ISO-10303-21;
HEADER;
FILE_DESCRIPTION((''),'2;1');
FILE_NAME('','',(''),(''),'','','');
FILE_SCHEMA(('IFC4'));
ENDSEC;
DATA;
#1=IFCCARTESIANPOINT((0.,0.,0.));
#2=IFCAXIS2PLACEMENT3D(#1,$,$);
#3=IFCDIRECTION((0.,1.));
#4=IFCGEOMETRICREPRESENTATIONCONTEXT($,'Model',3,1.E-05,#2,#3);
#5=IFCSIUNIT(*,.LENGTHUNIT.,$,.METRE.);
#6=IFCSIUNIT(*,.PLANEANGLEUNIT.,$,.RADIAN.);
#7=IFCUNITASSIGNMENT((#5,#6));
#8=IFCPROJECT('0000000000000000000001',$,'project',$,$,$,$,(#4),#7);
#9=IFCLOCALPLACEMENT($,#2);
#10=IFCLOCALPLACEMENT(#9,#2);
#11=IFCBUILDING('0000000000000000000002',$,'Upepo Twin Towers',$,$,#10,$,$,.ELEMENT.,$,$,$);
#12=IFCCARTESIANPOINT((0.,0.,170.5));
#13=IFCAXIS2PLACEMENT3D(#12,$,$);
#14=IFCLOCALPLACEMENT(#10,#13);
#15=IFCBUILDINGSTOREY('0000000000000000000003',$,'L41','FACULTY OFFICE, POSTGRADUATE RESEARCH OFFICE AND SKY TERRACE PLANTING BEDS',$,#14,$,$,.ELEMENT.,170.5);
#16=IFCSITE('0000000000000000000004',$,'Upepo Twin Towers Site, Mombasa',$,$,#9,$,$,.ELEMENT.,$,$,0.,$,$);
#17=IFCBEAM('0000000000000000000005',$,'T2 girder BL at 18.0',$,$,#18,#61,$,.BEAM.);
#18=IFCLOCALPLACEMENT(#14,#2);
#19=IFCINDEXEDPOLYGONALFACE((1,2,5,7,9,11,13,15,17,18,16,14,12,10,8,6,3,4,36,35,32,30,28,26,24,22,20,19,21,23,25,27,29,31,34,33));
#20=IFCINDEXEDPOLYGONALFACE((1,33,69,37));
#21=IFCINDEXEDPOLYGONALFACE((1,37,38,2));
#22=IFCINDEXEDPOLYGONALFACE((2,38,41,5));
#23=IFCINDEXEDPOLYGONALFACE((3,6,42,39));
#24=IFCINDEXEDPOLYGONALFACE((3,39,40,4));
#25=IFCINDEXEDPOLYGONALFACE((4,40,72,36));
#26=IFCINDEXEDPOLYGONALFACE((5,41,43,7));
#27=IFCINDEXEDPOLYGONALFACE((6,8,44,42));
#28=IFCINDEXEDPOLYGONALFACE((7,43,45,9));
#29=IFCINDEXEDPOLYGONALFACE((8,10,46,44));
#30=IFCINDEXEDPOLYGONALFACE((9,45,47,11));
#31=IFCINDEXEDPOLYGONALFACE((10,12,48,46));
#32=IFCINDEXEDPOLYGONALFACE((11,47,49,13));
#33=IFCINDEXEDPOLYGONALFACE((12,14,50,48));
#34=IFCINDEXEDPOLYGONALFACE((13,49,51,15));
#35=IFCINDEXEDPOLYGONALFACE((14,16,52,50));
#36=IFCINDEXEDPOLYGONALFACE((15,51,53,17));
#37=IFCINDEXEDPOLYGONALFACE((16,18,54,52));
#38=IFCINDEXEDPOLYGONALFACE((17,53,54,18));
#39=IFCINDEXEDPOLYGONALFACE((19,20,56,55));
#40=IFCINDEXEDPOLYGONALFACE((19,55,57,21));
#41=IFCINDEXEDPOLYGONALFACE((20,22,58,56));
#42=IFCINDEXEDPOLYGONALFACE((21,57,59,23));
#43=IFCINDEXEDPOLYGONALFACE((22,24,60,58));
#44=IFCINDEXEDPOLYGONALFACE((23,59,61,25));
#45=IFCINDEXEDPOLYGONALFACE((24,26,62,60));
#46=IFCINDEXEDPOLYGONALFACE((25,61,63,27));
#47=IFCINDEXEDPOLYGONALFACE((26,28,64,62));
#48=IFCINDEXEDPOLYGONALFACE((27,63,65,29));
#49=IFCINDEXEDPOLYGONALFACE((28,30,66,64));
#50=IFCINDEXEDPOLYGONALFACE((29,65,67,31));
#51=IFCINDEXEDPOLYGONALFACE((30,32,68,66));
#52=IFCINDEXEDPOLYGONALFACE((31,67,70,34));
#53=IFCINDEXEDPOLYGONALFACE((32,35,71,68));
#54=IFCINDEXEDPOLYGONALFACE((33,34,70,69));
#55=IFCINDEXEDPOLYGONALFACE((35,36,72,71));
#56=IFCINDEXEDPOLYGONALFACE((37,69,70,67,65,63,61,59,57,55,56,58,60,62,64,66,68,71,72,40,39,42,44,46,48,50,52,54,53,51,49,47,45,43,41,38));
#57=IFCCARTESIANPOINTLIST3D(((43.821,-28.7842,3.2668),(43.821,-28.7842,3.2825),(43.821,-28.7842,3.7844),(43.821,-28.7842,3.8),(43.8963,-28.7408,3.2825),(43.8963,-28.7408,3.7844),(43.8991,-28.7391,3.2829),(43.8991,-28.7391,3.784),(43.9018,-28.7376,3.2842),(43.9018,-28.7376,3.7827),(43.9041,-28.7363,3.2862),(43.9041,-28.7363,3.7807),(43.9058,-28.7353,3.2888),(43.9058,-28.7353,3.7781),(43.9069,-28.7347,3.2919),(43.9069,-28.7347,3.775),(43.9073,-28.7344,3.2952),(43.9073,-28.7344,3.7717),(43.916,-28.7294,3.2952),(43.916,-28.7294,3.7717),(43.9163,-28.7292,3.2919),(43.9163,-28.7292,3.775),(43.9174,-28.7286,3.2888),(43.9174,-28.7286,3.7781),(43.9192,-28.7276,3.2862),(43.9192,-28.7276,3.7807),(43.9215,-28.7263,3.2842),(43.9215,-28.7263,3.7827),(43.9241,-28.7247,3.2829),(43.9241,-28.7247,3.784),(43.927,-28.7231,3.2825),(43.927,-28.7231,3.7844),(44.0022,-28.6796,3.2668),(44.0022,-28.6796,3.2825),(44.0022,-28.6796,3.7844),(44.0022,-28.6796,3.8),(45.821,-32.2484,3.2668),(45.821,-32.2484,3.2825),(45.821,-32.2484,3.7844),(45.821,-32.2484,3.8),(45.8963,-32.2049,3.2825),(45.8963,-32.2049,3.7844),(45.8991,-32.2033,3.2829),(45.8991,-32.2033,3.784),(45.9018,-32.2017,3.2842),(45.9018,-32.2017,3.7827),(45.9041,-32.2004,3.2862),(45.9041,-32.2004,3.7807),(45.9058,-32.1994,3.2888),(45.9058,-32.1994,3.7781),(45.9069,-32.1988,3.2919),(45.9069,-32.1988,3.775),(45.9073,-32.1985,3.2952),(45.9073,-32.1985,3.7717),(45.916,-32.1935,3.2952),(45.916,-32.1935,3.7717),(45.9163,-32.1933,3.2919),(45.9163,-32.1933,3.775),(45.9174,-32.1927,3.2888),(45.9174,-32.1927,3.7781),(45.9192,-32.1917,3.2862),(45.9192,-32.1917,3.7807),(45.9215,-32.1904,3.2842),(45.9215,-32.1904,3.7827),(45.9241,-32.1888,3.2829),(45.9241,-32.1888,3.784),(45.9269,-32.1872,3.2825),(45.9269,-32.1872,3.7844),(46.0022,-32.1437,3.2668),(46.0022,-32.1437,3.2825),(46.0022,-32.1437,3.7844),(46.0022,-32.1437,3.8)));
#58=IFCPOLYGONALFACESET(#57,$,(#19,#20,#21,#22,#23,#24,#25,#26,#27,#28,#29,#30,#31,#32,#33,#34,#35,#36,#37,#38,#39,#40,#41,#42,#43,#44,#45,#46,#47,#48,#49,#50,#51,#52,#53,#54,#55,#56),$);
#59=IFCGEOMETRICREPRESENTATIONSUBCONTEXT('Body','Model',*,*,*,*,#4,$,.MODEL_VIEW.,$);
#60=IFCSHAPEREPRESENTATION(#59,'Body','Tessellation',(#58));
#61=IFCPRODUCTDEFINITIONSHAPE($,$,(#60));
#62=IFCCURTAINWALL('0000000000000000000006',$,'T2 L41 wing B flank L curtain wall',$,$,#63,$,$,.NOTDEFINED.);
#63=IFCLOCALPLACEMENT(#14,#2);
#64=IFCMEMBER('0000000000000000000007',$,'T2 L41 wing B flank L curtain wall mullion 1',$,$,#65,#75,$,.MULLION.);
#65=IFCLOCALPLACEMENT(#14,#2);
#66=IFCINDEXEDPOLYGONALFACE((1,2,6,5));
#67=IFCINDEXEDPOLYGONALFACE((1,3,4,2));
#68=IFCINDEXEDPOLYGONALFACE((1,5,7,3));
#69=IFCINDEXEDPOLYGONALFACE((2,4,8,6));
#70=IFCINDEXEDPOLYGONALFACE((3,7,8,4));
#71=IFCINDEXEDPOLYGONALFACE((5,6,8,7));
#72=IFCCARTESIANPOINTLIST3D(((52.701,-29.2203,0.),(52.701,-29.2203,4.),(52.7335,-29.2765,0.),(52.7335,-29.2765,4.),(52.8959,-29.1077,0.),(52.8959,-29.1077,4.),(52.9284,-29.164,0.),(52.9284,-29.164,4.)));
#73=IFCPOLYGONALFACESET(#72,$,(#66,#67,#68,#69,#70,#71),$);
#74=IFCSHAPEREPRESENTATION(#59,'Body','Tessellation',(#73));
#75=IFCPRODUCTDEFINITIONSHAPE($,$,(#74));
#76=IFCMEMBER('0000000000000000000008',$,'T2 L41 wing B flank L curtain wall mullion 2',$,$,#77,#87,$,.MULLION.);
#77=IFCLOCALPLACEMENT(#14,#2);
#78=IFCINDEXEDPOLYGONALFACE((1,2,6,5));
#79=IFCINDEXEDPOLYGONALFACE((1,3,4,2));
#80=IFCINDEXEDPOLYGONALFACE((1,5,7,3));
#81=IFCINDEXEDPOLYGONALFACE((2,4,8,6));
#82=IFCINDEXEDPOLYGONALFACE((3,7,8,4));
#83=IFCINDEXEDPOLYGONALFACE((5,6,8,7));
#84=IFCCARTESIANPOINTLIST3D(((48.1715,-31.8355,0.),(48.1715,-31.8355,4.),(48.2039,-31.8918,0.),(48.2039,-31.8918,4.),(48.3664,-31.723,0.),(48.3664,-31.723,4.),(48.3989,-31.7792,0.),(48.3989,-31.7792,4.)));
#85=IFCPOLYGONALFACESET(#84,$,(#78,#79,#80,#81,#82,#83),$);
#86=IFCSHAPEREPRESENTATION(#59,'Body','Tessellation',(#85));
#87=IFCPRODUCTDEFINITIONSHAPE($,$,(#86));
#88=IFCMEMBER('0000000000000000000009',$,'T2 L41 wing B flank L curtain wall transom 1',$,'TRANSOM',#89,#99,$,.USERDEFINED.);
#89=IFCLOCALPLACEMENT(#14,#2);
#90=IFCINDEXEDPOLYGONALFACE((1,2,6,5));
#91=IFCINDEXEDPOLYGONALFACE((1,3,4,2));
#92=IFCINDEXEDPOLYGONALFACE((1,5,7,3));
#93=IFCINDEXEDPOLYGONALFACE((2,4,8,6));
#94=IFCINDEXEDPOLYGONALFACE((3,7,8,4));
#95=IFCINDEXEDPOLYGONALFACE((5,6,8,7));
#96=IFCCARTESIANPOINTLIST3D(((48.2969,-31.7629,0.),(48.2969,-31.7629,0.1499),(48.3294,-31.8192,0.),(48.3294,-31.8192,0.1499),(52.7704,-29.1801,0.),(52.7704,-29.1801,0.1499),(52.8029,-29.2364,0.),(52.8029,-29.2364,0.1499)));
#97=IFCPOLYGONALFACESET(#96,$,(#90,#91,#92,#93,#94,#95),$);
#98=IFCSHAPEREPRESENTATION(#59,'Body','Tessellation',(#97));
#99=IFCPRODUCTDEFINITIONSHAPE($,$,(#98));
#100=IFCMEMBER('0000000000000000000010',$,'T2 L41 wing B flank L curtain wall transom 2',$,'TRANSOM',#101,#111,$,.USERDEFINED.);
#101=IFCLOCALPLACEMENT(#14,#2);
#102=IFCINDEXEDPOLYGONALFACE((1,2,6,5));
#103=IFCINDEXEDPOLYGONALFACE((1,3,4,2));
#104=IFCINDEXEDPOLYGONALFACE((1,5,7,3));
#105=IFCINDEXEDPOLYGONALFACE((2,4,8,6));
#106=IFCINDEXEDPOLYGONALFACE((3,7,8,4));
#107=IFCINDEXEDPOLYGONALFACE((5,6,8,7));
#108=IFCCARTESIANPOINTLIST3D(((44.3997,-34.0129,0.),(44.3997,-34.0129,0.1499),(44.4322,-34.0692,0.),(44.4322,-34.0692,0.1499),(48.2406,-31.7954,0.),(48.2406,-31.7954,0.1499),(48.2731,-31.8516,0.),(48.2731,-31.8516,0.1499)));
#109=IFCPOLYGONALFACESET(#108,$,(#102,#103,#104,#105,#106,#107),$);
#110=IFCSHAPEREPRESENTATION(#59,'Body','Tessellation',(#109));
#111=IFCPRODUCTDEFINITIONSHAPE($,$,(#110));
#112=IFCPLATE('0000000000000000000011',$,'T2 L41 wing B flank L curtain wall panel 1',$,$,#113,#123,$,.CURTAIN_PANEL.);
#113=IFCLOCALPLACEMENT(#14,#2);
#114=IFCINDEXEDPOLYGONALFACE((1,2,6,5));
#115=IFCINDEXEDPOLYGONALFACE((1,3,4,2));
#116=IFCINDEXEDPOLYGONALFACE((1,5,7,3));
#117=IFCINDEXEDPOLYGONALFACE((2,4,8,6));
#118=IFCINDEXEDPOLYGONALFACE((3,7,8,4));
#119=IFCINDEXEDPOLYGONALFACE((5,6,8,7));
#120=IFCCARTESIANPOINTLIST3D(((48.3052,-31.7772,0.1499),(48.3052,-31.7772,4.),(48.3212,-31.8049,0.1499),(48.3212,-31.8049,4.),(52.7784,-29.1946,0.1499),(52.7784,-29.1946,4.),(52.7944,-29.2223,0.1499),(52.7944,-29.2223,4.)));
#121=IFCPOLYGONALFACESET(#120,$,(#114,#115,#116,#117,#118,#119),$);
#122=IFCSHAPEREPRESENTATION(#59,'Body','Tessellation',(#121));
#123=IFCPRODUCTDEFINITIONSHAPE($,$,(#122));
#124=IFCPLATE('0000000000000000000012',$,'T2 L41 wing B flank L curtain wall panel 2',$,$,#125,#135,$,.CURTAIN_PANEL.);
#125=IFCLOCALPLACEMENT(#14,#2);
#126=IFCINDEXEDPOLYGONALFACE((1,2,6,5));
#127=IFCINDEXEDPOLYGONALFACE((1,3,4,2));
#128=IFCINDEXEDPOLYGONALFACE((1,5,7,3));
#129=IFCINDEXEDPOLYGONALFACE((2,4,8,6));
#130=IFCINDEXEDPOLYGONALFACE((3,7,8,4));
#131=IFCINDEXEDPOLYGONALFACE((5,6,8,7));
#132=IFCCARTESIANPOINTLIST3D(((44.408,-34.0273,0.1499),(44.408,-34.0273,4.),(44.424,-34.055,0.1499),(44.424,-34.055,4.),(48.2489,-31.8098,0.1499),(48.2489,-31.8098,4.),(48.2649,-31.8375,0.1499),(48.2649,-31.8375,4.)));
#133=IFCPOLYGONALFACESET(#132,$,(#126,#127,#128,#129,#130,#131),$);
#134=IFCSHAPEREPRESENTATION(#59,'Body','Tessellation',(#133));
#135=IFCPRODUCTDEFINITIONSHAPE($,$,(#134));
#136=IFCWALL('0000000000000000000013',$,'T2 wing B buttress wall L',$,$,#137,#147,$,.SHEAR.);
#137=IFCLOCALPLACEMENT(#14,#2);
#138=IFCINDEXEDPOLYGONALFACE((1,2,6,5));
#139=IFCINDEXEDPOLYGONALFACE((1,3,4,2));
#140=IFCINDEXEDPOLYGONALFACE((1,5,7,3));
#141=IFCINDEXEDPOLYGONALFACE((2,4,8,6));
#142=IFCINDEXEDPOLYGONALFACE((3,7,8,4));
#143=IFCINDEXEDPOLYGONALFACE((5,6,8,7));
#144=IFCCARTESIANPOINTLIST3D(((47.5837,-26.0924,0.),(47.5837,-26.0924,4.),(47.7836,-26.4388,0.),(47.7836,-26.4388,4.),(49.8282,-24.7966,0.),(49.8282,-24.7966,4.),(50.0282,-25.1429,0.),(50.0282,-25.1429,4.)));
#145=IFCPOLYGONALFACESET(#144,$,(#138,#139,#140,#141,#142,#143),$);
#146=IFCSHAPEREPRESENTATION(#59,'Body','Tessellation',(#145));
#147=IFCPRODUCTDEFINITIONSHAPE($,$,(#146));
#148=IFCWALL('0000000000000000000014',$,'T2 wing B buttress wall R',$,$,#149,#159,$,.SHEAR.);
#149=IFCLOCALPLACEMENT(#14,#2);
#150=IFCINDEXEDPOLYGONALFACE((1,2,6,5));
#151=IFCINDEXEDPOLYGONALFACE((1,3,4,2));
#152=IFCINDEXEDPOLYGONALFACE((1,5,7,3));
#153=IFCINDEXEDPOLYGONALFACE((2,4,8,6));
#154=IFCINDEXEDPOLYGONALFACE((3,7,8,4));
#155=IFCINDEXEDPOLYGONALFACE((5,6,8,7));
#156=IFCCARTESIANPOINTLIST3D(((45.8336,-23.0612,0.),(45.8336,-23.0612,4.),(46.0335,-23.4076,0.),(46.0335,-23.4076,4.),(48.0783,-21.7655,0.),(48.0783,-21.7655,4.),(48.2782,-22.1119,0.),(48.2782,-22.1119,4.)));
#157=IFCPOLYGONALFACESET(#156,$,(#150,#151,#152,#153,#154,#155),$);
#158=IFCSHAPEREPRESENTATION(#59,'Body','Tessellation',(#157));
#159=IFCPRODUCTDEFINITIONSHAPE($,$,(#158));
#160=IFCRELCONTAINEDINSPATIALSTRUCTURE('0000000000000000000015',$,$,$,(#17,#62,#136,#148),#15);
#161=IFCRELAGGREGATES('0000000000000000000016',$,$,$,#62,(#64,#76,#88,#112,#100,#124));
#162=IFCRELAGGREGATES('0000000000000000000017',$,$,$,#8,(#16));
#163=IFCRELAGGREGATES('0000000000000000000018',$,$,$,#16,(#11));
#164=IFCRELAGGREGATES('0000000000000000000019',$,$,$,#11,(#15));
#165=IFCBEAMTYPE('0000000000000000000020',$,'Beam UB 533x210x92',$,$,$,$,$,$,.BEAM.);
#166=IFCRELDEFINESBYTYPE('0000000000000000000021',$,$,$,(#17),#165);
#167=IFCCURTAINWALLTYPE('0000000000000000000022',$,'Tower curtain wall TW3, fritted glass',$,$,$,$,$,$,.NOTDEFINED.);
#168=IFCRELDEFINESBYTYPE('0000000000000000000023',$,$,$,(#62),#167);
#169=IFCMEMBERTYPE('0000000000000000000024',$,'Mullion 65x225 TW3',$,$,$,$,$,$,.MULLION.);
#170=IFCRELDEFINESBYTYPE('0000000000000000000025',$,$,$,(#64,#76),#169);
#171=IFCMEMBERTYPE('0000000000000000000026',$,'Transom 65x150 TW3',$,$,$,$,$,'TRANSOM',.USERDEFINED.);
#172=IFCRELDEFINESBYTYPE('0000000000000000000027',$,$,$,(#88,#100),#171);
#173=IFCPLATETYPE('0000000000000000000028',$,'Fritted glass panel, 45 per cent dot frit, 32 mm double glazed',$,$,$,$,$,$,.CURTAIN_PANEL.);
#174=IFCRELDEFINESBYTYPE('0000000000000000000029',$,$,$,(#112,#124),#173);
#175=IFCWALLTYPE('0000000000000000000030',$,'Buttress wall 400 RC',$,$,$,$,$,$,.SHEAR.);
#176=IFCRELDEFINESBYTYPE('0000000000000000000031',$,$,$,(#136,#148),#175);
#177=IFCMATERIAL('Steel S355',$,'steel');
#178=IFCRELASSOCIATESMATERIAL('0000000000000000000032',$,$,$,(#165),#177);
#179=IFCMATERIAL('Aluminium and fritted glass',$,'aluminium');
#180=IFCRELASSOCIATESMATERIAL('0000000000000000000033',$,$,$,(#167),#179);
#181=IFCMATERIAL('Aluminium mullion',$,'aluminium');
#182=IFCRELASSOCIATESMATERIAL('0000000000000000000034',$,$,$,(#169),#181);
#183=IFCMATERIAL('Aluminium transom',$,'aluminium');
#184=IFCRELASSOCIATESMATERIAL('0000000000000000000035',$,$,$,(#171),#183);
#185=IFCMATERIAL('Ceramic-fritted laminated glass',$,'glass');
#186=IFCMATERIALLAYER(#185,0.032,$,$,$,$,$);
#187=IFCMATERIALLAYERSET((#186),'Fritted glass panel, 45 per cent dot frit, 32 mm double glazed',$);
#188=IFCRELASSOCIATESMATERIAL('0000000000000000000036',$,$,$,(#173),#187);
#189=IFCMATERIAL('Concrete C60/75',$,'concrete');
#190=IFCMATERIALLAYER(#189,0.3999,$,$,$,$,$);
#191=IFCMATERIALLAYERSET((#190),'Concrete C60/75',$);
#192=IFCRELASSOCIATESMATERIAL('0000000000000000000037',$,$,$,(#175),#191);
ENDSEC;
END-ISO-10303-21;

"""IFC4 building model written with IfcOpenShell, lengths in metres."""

from ifc_helpers import new_model, si_unit, direction, frame, frame_2d, origin, origin_2d, place, context, subcontext, project, spatial, rectangle, i_section, extrude, material, layer, layer_set, material_profile, profile_set, type_object, element, aggregate, save


model = new_model("IFC4")

# Units and contexts
model_context = context("Model", 3, precision=1e-05, world=origin(), true_north=direction((0.0, 1.0)))
body_context = subcontext(model_context, "Body", "Model", "MODEL_VIEW")
ifc_project = project(units=[si_unit("LENGTHUNIT", "METRE"), si_unit("PLANEANGLEUNIT", "RADIAN")], contexts=[model_context])

# Site, building, storey
site_placement = place(None, origin())
site = spatial("IfcSite", under=ifc_project, at=site_placement, Name="Upepo Twin Towers Site, Mombasa", CompositionType="ELEMENT", RefElevation=0.0)
building_placement = place(site_placement, origin())
building = spatial("IfcBuilding", under=site, at=building_placement, Name="Upepo Twin Towers", CompositionType="ELEMENT")
storey_placement = place(building_placement, frame((0.0, 0.0, 170.5)))
storey = spatial("IfcBuildingStorey", under=building, at=storey_placement, Name="L41", Description="FACULTY OFFICE, POSTGRADUATE RESEARCH OFFICE AND SKY TERRACE PLANTING BEDS", CompositionType="ELEMENT", Elevation=170.5)

# Beam
ifc_material_1 = material(Name="Steel S355", Category="steel")
ifc_material_profile_1 = material_profile(ifc_material_1, i_section(OverallWidth=0.2092, OverallDepth=0.5332, WebThickness=0.01, FlangeThickness=0.0156, FilletRadius=0.0127, at=origin_2d()), Name="UB 533x210x92")
ifc_profile_set_1 = profile_set([ifc_material_profile_1], Name="Steel S355")
beam_type_1 = type_object("IfcBeamType", Name="Beam UB 533x210x92", PredefinedType="BEAM", material=ifc_profile_set_1)
for number, where, z_axis, x_axis, name in (
    (1, (45.9116, -32.196, 3.5334), (-0.499999, 0.866026, 0.0), (-0.866026, -0.499999, 0.0), "T2 girder BL at 18.0"),
):
    element("IfcBeam", number, at=place(storey_placement, frame(where, z_axis=z_axis, x_axis=x_axis)), inside=storey, type_object=beam_type_1, Name=name, PredefinedType="BEAM", context=body_context, shape_type="SweptSolid", body=[
        extrude(i_section(OverallWidth=0.2092, OverallDepth=0.5332, WebThickness=0.01, FlangeThickness=0.0156, FilletRadius=0.0127, at=origin_2d()), origin(), (0.0, 0.0, 1.0), 4.0),
    ])

# Curtain wall, members, plates
ifc_material_2 = material(Name="Aluminium and fritted glass", Category="aluminium")
curtain_wall_type = type_object("IfcCurtainWallType", Name="Tower curtain wall TW3, fritted glass", PredefinedType="NOTDEFINED", material=ifc_material_2)
curtain_wall_placement = place(storey_placement, origin())
curtain_wall = element("IfcCurtainWall", 2, at=curtain_wall_placement, inside=storey, type_object=curtain_wall_type, Name="T2 L41 wing B flank L curtain wall", PredefinedType="NOTDEFINED")
ifc_material_3 = material(Name="Aluminium mullion", Category="aluminium")
ifc_material_profile_2 = material_profile(ifc_material_3, rectangle(XDim=0.0649, YDim=0.2251, at=origin_2d()), Name="MULLION 65x225")
ifc_profile_set_2 = profile_set([ifc_material_profile_2], Name="Aluminium mullion")
member_type_1 = type_object("IfcMemberType", Name="Mullion 65x225 TW3", PredefinedType="MULLION", material=ifc_profile_set_2)
member_1_placement = place(storey_placement, frame((52.8147, -29.1921, 0.0), z_axis=(0.0, 0.0, 1.0), x_axis=(0.5, -0.866025, 0.0)))
member_1 = element("IfcMember", 3, at=member_1_placement, type_object=member_type_1, Name="T2 L41 wing B flank L curtain wall mullion 1", PredefinedType="MULLION", context=body_context, shape_type="SweptSolid", body=[
    extrude(rectangle(XDim=0.0649, YDim=0.2251, at=origin_2d()), origin(), (0.0, 0.0, 1.0), 4.0),
])
member_2_placement = place(storey_placement, frame((48.2852, -31.8074, 0.0), z_axis=(0.0, 0.0, 1.0), x_axis=(0.5, -0.866025, 0.0)))
member_2 = element("IfcMember", 4, at=member_2_placement, type_object=member_type_1, Name="T2 L41 wing B flank L curtain wall mullion 2", PredefinedType="MULLION", context=body_context, shape_type="SweptSolid", body=[
    extrude(rectangle(XDim=0.0649, YDim=0.2251, at=origin_2d()), origin(), (0.0, 0.0, 1.0), 4.0),
])
ifc_material_4 = material(Name="Aluminium transom", Category="aluminium")
ifc_material_profile_3 = material_profile(ifc_material_4, rectangle(XDim=0.0649, YDim=0.1499, at=origin_2d()), Name="TRANSOM 65x150")
ifc_profile_set_3 = profile_set([ifc_material_profile_3], Name="Aluminium transom")
member_type_2 = type_object("IfcMemberType", Name="Transom 65x150 TW3", ElementType="TRANSOM", PredefinedType="USERDEFINED", material=ifc_profile_set_3)
member_3_placement = place(storey_placement, frame((52.7866, -29.2083, 0.075), z_axis=(-0.866021, -0.500007, 0.0), x_axis=(0.500007, -0.866021, 0.0)))
member_3 = element("IfcMember", 5, at=member_3_placement, type_object=member_type_2, Name="T2 L41 wing B flank L curtain wall transom 1", ObjectType="TRANSOM", PredefinedType="USERDEFINED", context=body_context, shape_type="SweptSolid", body=[
    extrude(rectangle(XDim=0.0649, YDim=0.1499, at=origin_2d()), origin(), (0.0, 0.0, 1.0), 5.1655),
])
member_4_placement = place(storey_placement, frame((48.2568, -31.8235, 0.075), z_axis=(-0.866022, -0.500005, 0.0), x_axis=(0.500005, -0.866022, 0.0)))
member_4 = element("IfcMember", 6, at=member_4_placement, type_object=member_type_2, Name="T2 L41 wing B flank L curtain wall transom 2", ObjectType="TRANSOM", PredefinedType="USERDEFINED", context=body_context, shape_type="SweptSolid", body=[
    extrude(rectangle(XDim=0.0649, YDim=0.1499, at=origin_2d()), origin(), (0.0, 0.0, 1.0), 4.4351),
])
ifc_material_5 = material(Name="Ceramic-fritted laminated glass", Category="glass")
ifc_layer_1 = layer(ifc_material_5, 0.032)
ifc_layer_set_1 = layer_set([ifc_layer_1], Name="Fritted glass panel, 45 per cent dot frit, 32 mm double glazed")
plate_type = type_object("IfcPlateType", Name="Fritted glass panel, 45 per cent dot frit, 32 mm double glazed", PredefinedType="CURTAIN_PANEL", material=ifc_layer_set_1)
plate_1_placement = place(storey_placement, frame((50.5498, -30.4998, 0.1499), z_axis=(0.0, 0.0, 1.0), x_axis=(-0.866025, -0.5, 0.0)))
plate_1 = element("IfcPlate", 7, at=plate_1_placement, type_object=plate_type, Name="T2 L41 wing B flank L curtain wall panel 1", PredefinedType="CURTAIN_PANEL", context=body_context, shape_type="SweptSolid", body=[
    extrude(rectangle(XDim=5.1653, YDim=0.032, at=origin_2d()), origin(), (0.0, 0.0, 1.0), 3.8501),
])
plate_2_placement = place(storey_placement, frame((46.3364, -32.9324, 0.1499), z_axis=(0.0, 0.0, 1.0), x_axis=(-0.866025, -0.5, 0.0)))
plate_2 = element("IfcPlate", 8, at=plate_2_placement, type_object=plate_type, Name="T2 L41 wing B flank L curtain wall panel 2", PredefinedType="CURTAIN_PANEL", context=body_context, shape_type="SweptSolid", body=[
    extrude(rectangle(XDim=4.4351, YDim=0.032, at=origin_2d()), origin(), (0.0, 0.0, 1.0), 3.8501),
])
aggregate(curtain_wall, [member_1, member_2, member_3, plate_1, member_4, plate_2])

# Walls
ifc_material_6 = material(Name="Concrete C60/75", Category="concrete")
ifc_layer_2 = layer(ifc_material_6, 0.3999)
ifc_layer_set_2 = layer_set([ifc_layer_2], Name="Concrete C60/75")
wall_type_1 = type_object("IfcWallType", Name="Buttress wall 400 RC", PredefinedType="SHEAR", material=ifc_layer_set_2)
for number, where, z_axis, x_axis, name in (
    (9, (49.9282, -24.9697, 0.0), (0.0, 0.0, 1.0), (-0.866032, -0.499989, 0.0), "T2 wing B buttress wall L"),
    (10, (48.1782, -21.9387, 0.0), (0.0, 0.0, 1.0), (-0.866073, -0.499918, 0.0), "T2 wing B buttress wall R"),
):
    element("IfcWall", number, at=place(storey_placement, frame(where, z_axis=z_axis, x_axis=x_axis)), inside=storey, type_object=wall_type_1, Name=name, PredefinedType="SHEAR", context=body_context, shape_type="SweptSolid", body=[
        extrude(rectangle(XDim=2.5918, YDim=0.3999, at=frame_2d((1.2959, 0.0))), origin(), (0.0, 0.0, 1.0), 4.0),
    ])

save(model, "model.ifc")
